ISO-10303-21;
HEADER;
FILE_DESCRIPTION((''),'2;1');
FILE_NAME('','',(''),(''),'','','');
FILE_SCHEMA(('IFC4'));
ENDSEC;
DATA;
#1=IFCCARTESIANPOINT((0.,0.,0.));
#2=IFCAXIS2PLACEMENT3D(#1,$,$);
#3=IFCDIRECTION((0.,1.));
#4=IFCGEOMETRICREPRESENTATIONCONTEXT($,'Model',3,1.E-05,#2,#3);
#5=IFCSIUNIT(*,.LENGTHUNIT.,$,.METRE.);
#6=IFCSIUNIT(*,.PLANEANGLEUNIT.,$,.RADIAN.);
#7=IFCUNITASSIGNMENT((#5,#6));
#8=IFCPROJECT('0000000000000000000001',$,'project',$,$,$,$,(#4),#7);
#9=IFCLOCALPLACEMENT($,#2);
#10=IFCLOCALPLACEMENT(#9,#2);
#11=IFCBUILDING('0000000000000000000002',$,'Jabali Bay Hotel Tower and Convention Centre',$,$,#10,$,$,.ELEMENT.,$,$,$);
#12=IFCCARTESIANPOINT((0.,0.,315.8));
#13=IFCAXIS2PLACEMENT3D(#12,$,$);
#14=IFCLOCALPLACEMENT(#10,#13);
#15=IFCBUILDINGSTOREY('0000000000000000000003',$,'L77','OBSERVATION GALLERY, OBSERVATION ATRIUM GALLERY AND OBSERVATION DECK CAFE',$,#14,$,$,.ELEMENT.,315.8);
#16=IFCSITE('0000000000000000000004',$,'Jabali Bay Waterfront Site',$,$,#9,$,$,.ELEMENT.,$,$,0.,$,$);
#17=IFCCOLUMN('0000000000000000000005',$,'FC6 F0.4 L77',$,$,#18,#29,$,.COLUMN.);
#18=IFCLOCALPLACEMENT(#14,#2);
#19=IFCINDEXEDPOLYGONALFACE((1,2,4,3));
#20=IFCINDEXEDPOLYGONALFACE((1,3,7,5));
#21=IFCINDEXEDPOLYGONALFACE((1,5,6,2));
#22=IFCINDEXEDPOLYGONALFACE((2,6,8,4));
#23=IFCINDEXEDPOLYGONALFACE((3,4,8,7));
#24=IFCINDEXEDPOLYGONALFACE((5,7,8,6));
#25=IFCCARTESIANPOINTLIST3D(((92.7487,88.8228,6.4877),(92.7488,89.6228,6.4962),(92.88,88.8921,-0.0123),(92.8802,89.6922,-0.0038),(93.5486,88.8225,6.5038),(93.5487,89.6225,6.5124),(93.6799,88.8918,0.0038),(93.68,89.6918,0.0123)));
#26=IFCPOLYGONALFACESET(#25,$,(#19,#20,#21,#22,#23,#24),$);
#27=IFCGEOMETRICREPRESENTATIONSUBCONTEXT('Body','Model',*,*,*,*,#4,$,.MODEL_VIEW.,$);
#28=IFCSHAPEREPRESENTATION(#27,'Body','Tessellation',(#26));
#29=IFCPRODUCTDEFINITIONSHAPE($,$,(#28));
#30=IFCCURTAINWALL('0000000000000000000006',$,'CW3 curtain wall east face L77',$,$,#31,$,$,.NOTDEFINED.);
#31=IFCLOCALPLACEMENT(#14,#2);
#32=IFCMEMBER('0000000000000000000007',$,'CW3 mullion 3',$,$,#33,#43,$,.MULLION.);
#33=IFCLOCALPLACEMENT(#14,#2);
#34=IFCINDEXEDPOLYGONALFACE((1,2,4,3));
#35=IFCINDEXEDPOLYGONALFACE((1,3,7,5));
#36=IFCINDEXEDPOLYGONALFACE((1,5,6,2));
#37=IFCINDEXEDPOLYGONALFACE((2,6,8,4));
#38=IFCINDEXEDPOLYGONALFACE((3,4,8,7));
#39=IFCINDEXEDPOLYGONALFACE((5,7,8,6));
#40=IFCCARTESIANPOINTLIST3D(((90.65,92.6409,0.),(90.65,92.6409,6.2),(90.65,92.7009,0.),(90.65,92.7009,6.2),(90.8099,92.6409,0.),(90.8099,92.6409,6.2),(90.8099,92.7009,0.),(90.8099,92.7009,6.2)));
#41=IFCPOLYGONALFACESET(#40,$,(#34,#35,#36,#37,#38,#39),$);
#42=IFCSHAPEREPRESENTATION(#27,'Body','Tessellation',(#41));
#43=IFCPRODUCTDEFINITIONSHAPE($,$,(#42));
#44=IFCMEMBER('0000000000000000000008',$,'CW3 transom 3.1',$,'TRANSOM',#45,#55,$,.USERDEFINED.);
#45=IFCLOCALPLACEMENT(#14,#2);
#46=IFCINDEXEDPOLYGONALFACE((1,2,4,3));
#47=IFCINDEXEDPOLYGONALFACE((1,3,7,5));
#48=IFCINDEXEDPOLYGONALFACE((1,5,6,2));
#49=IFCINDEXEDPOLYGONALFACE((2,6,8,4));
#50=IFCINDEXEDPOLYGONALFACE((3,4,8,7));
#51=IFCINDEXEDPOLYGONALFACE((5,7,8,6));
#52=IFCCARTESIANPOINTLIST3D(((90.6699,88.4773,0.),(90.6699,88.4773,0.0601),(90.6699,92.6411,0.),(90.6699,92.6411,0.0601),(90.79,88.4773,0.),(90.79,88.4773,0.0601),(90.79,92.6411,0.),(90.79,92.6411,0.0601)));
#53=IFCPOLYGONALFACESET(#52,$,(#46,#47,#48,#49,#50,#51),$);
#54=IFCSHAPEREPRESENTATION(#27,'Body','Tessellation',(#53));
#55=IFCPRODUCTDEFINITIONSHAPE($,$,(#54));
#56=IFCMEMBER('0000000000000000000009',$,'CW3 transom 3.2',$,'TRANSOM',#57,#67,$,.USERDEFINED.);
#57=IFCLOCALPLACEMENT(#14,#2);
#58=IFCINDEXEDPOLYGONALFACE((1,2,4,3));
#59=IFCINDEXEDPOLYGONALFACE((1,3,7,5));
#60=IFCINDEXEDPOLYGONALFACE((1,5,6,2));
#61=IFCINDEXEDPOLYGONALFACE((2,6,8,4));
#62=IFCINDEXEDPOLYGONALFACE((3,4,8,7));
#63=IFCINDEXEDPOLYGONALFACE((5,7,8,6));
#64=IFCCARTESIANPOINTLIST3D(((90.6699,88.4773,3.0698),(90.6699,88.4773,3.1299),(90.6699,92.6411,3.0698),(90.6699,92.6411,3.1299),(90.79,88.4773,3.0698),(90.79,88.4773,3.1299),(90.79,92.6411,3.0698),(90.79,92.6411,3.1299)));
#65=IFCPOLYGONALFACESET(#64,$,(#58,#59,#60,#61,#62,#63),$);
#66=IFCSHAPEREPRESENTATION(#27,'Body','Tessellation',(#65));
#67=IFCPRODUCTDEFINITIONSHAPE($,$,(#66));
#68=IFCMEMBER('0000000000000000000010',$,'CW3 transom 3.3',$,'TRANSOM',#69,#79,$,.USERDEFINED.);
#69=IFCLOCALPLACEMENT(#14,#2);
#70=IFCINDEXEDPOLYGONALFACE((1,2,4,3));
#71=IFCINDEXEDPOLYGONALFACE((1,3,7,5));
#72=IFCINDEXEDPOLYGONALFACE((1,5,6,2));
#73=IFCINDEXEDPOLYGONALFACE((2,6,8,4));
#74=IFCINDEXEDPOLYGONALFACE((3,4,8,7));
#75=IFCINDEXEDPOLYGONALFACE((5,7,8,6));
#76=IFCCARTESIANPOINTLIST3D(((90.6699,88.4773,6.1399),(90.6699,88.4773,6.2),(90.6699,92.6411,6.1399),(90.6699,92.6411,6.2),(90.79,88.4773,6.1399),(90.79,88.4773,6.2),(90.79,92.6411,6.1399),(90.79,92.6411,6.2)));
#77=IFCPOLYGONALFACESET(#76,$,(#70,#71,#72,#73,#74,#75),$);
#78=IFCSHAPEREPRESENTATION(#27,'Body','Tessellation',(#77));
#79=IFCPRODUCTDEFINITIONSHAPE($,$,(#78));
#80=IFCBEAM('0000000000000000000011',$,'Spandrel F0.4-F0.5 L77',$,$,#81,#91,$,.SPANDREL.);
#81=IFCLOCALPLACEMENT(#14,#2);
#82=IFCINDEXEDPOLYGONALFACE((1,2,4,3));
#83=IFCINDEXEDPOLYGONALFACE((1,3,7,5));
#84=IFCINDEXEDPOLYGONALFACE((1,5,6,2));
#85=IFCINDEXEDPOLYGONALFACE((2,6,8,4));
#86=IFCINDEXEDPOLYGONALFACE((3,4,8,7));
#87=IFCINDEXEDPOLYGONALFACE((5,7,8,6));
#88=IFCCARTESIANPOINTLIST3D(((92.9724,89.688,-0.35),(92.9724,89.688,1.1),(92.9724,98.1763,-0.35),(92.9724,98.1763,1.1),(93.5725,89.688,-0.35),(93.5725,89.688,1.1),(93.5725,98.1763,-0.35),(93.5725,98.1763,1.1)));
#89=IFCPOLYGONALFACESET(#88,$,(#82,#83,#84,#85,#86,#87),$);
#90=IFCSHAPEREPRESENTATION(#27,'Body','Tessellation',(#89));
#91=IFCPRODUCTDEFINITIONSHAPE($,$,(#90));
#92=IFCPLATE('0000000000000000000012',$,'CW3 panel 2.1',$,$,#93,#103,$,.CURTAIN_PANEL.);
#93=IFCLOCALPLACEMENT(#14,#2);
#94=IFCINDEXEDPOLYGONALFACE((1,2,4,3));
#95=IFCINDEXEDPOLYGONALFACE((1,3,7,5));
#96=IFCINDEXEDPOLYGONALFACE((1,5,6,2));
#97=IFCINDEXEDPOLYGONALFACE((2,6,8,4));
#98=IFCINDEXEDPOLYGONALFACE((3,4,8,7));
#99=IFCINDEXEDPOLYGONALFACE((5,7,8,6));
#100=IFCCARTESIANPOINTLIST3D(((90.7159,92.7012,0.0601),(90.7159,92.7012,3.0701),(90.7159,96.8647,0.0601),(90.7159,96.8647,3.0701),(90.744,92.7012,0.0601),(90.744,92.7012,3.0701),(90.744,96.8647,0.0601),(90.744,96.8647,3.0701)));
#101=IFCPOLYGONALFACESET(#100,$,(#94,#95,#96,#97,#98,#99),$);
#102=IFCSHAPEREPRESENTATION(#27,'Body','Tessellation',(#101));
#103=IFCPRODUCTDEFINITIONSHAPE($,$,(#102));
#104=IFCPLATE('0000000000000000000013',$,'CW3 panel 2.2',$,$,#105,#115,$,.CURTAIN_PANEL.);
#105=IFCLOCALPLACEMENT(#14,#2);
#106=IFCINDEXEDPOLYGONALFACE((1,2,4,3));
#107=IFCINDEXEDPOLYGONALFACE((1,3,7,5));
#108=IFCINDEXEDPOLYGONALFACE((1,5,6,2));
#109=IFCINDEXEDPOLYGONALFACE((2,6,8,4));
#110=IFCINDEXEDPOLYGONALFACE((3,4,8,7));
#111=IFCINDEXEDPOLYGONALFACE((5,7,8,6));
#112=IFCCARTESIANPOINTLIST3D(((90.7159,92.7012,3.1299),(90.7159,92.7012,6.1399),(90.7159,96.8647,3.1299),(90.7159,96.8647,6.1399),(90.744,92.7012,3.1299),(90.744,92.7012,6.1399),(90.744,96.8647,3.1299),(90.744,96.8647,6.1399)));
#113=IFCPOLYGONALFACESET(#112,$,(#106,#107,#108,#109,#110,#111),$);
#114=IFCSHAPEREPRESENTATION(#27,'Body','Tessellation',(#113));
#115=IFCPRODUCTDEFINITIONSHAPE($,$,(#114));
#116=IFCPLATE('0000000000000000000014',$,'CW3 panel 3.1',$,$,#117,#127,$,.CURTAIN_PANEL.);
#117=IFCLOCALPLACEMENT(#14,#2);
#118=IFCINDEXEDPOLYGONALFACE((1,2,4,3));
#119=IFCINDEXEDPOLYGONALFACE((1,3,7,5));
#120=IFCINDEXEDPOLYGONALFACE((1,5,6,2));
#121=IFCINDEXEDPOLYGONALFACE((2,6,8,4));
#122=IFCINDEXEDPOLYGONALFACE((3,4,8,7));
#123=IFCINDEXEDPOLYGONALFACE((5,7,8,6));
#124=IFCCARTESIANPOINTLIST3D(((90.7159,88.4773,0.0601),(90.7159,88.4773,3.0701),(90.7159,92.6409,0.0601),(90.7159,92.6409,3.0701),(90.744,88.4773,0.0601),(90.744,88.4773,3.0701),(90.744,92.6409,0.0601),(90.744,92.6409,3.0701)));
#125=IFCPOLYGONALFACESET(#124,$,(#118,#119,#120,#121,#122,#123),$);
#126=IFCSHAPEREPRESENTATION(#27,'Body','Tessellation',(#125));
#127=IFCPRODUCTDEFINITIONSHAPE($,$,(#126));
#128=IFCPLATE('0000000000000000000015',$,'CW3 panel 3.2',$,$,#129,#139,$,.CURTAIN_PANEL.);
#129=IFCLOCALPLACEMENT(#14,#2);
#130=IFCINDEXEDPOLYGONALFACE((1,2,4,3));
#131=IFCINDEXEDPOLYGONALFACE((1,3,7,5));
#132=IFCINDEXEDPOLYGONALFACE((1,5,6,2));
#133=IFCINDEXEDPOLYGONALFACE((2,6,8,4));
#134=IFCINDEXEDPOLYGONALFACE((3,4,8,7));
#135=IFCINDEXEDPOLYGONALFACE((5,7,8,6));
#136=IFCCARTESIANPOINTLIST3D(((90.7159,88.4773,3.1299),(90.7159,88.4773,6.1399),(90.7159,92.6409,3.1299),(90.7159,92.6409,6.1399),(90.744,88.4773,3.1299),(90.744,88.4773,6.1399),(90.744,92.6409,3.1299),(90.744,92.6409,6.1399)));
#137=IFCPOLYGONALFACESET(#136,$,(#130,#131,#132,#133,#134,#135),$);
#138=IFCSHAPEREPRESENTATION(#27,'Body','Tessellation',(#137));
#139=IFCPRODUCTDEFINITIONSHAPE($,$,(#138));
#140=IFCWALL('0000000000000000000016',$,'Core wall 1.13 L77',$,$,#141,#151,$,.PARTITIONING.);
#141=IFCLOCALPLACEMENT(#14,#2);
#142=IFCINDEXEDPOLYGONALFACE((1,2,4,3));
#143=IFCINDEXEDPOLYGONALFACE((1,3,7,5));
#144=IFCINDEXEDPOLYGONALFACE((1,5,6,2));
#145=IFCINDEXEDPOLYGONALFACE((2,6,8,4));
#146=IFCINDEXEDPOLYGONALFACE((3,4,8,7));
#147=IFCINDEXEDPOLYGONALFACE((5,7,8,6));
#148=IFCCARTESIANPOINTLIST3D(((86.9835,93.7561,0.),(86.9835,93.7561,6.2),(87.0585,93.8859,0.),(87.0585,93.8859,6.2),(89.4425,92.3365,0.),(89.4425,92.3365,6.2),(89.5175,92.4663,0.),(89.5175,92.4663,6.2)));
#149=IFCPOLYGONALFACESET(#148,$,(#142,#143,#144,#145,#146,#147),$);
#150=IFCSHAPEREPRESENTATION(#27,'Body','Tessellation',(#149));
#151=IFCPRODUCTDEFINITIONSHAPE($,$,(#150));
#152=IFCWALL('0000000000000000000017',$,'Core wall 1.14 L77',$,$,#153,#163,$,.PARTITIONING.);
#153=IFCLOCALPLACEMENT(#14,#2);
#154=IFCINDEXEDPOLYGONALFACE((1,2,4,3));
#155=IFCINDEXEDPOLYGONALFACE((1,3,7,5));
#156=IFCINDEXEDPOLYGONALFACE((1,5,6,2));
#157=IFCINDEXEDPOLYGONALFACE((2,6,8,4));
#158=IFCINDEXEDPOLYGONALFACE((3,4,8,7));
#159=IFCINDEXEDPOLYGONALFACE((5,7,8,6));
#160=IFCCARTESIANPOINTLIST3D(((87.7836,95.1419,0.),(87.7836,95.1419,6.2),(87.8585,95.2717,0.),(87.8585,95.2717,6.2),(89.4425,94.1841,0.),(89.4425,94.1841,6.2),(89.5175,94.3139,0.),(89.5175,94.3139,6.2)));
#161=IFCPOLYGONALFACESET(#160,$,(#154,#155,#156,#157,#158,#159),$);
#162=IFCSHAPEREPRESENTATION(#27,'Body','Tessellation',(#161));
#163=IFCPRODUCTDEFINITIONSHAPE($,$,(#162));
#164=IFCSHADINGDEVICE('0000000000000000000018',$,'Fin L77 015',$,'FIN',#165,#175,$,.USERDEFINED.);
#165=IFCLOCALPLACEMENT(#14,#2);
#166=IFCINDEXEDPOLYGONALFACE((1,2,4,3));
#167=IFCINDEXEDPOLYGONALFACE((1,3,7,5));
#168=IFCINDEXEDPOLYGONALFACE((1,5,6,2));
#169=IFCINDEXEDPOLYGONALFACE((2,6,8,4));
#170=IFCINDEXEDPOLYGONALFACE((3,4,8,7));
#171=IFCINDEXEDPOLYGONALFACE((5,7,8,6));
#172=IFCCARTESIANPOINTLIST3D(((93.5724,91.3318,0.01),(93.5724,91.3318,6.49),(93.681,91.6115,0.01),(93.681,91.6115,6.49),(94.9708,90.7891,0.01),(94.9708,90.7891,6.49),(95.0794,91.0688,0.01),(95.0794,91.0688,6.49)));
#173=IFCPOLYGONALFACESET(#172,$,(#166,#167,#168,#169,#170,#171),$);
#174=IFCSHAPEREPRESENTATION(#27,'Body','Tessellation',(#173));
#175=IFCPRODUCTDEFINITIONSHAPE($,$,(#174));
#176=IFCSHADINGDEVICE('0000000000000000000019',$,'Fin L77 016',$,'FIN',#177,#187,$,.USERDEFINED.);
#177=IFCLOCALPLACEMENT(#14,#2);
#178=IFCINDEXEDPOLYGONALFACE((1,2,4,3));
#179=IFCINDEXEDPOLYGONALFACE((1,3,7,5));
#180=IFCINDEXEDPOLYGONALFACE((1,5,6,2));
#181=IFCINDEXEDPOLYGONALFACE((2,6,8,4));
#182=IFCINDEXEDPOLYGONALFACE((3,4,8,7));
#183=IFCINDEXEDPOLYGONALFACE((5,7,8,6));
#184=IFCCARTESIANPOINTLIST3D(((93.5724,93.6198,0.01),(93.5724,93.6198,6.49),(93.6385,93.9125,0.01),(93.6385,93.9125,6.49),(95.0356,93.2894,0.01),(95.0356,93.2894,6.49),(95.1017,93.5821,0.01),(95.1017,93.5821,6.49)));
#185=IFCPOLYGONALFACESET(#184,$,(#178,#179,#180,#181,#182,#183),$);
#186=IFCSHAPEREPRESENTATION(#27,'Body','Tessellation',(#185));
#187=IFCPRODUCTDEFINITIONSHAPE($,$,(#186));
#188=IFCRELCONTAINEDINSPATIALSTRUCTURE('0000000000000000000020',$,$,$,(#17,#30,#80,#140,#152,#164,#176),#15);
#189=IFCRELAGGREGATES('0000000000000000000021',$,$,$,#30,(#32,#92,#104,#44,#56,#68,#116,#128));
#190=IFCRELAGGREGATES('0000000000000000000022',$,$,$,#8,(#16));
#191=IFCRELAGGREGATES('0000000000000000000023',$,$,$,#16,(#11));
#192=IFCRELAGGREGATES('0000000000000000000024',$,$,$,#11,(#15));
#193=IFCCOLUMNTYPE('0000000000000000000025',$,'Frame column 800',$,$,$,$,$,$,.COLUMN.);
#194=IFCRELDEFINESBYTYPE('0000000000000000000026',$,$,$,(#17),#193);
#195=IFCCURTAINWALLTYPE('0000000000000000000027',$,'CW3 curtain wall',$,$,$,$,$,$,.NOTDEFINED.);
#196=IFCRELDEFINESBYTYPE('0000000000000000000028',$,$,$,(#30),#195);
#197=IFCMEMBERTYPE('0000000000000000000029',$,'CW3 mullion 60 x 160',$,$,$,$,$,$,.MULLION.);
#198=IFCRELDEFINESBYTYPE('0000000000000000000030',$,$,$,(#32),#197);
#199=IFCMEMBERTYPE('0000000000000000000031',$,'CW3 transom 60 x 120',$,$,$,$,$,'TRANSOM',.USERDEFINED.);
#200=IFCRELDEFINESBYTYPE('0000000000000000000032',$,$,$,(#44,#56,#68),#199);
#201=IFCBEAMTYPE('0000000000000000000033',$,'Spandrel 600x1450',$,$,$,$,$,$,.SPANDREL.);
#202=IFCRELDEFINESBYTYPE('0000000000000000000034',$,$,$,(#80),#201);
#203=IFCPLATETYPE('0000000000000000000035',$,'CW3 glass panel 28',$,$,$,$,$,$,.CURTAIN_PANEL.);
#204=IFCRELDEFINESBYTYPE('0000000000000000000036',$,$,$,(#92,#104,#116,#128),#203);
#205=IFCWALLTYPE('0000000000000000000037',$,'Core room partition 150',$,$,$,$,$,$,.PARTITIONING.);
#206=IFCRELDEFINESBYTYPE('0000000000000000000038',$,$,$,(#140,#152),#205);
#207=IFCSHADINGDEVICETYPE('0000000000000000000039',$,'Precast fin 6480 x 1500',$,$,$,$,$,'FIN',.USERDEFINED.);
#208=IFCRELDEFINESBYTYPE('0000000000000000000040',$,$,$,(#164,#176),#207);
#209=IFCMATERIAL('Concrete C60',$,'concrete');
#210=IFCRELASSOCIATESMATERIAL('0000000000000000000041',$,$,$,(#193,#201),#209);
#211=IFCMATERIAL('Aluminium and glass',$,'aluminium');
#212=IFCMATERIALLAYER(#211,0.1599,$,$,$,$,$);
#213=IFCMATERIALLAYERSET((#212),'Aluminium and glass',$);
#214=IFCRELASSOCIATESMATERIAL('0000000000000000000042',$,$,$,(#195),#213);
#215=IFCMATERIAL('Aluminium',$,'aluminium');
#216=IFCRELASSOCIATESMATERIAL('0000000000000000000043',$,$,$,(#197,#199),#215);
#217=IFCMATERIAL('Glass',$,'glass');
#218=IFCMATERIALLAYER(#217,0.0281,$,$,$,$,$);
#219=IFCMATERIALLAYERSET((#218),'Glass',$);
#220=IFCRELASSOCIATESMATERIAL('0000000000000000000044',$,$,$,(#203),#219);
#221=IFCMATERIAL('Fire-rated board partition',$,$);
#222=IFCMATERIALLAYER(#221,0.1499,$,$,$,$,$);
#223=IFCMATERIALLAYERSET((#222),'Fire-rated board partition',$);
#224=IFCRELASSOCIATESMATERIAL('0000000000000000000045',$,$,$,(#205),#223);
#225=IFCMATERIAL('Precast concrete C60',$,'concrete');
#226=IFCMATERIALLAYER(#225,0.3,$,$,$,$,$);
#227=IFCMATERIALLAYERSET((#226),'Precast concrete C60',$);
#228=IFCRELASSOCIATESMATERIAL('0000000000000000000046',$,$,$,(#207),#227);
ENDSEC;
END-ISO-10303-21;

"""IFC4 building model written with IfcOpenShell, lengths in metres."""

from ifc_helpers import new_model, si_unit, direction, frame, frame_2d, origin, origin_2d, place, context, subcontext, project, spatial, rectangle, extrude, material, layer, layer_set, material_profile, profile_set, type_object, element, aggregate, save


model = new_model("IFC4")

# Units and contexts
model_context = context("Model", 3, precision=1e-05, world=origin(), true_north=direction((0.0, 1.0)))
body_context = subcontext(model_context, "Body", "Model", "MODEL_VIEW")
ifc_project = project(units=[si_unit("LENGTHUNIT", "METRE"), si_unit("PLANEANGLEUNIT", "RADIAN")], contexts=[model_context])

# Site, building, storey
site_placement = place(None, origin())
site = spatial("IfcSite", under=ifc_project, at=site_placement, Name="Jabali Bay Waterfront Site", CompositionType="ELEMENT", RefElevation=0.0)
building_placement = place(site_placement, origin())
building = spatial("IfcBuilding", under=site, at=building_placement, Name="Jabali Bay Hotel Tower and Convention Centre", CompositionType="ELEMENT")
storey_placement = place(building_placement, frame((0.0, 0.0, 315.8)))
storey = spatial("IfcBuildingStorey", under=building, at=storey_placement, Name="L77", Description="OBSERVATION GALLERY, OBSERVATION ATRIUM GALLERY AND OBSERVATION DECK CAFE", CompositionType="ELEMENT", Elevation=315.8)

# Column
ifc_material_1 = material(Name="Concrete C60", Category="concrete")
ifc_material_profile_1 = material_profile(ifc_material_1, rectangle(XDim=0.8, YDim=0.8, at=origin_2d()), Name="Frame column 800")
ifc_profile_set_1 = profile_set([ifc_material_profile_1], Name="Concrete C60")
column_type = type_object("IfcColumnType", Name="Frame column 800", PredefinedType="COLUMN", material=ifc_profile_set_1)
column_placement = place(storey_placement, frame((93.28, 89.292, 0.0), z_axis=(-0.020202, -0.010664, 0.999739), x_axis=(0.999796, -0.000395, 0.020199)))
element("IfcColumn", 1, at=column_placement, inside=storey, type_object=column_type, Name="FC6 F0.4 L77", PredefinedType="COLUMN", context=body_context, shape_type="SweptSolid", body=[
    extrude(rectangle(XDim=0.8, YDim=0.8, at=origin_2d()), origin(), (0.0, 0.0, 1.0), 6.5017),
])

# Curtain wall, members
ifc_material_2 = material(Name="Aluminium and glass", Category="aluminium")
ifc_layer_1 = layer(ifc_material_2, 0.1599)
ifc_layer_set_1 = layer_set([ifc_layer_1], Name="Aluminium and glass")
curtain_wall_type = type_object("IfcCurtainWallType", Name="CW3 curtain wall", PredefinedType="NOTDEFINED", material=ifc_layer_set_1)
curtain_wall_placement = place(storey_placement, origin())
curtain_wall = element("IfcCurtainWall", 2, at=curtain_wall_placement, inside=storey, type_object=curtain_wall_type, Name="CW3 curtain wall east face L77", PredefinedType="NOTDEFINED")
ifc_material_3 = material(Name="Aluminium", Category="aluminium")
ifc_material_profile_2 = material_profile(ifc_material_3, rectangle(XDim=0.1599, YDim=0.0601, at=origin_2d()), Name="CW3 mullion 60 x 160")
ifc_profile_set_2 = profile_set([ifc_material_profile_2], Name="Aluminium")
member_type_1 = type_object("IfcMemberType", Name="CW3 mullion 60 x 160", PredefinedType="MULLION", material=ifc_profile_set_2)
member_1_placement = place(storey_placement, frame((90.73, 92.6709, 0.0), z_axis=(0.0, 0.0, 1.0), x_axis=(1.0, 0.0, 0.0)))
member_1 = element("IfcMember", 3, at=member_1_placement, type_object=member_type_1, Name="CW3 mullion 3", PredefinedType="MULLION", context=body_context, shape_type="SweptSolid", body=[
    extrude(rectangle(XDim=0.1599, YDim=0.0601, at=origin_2d()), origin(), (0.0, 0.0, 1.0), 6.2),
])
ifc_material_profile_3 = material_profile(ifc_material_3, rectangle(XDim=0.1201, YDim=0.0601, at=origin_2d()), Name="CW3 transom 60 x 120")
ifc_profile_set_3 = profile_set([ifc_material_profile_3], Name="Aluminium")
member_type_2 = type_object("IfcMemberType", Name="CW3 transom 60 x 120", ElementType="TRANSOM", PredefinedType="USERDEFINED", material=ifc_profile_set_3)
member_2_placement = place(storey_placement, frame((90.73, 92.6411, 0.03), z_axis=(0.0, -1.0, 0.0), x_axis=(1.0, 0.0, 0.0)))
member_2 = element("IfcMember", 4, at=member_2_placement, type_object=member_type_2, Name="CW3 transom 3.1", ObjectType="TRANSOM", PredefinedType="USERDEFINED", context=body_context, shape_type="SweptSolid", body=[
    extrude(rectangle(XDim=0.1201, YDim=0.0601, at=origin_2d()), origin(), (0.0, 0.0, 1.0), 4.1638),
])
member_3_placement = place(storey_placement, frame((90.73, 92.6411, 3.0999), z_axis=(0.0, -1.0, 0.0), x_axis=(1.0, 0.0, 0.0)))
member_3 = element("IfcMember", 5, at=member_3_placement, type_object=member_type_2, Name="CW3 transom 3.2", ObjectType="TRANSOM", PredefinedType="USERDEFINED", context=body_context, shape_type="SweptSolid", body=[
    extrude(rectangle(XDim=0.1201, YDim=0.0601, at=origin_2d()), origin(), (0.0, 0.0, 1.0), 4.1638),
])
member_4_placement = place(storey_placement, frame((90.73, 92.6411, 6.1699), z_axis=(0.0, -1.0, 0.0), x_axis=(1.0, 0.0, 0.0)))
member_4 = element("IfcMember", 6, at=member_4_placement, type_object=member_type_2, Name="CW3 transom 3.3", ObjectType="TRANSOM", PredefinedType="USERDEFINED", context=body_context, shape_type="SweptSolid", body=[
    extrude(rectangle(XDim=0.1201, YDim=0.0601, at=origin_2d()), origin(), (0.0, 0.0, 1.0), 4.1638),
])

# Beam
ifc_material_profile_4 = material_profile(ifc_material_1, rectangle(XDim=0.6001, YDim=1.45, at=origin_2d()), Name="Spandrel 600x1450")
ifc_profile_set_4 = profile_set([ifc_material_profile_4], Name="Concrete C60")
beam_type = type_object("IfcBeamType", Name="Spandrel 600x1450", PredefinedType="SPANDREL", material=ifc_profile_set_4)
beam_placement = place(storey_placement, frame((93.2725, 89.688, 0.375), z_axis=(0.0, 1.0, 0.0), x_axis=(-1.0, 0.0, 0.0)))
element("IfcBeam", 7, at=beam_placement, inside=storey, type_object=beam_type, Name="Spandrel F0.4-F0.5 L77", PredefinedType="SPANDREL", context=body_context, shape_type="SweptSolid", body=[
    extrude(rectangle(XDim=0.6001, YDim=1.45, at=origin_2d()), origin(), (0.0, 0.0, 1.0), 8.4883),
])

# Plates
ifc_material_4 = material(Name="Glass", Category="glass")
ifc_layer_2 = layer(ifc_material_4, 0.0281)
ifc_layer_set_2 = layer_set([ifc_layer_2], Name="Glass")
plate_type = type_object("IfcPlateType", Name="CW3 glass panel 28", PredefinedType="CURTAIN_PANEL", material=ifc_layer_set_2)
plate_1_placement = place(storey_placement, frame((90.73, 94.783, 0.0601), z_axis=(0.0, 0.0, 1.0), x_axis=(0.0, -1.0, 0.0)))
plate_1 = element("IfcPlate", 8, at=plate_1_placement, type_object=plate_type, Name="CW3 panel 2.1", PredefinedType="CURTAIN_PANEL", context=body_context, shape_type="SweptSolid", body=[
    extrude(rectangle(XDim=4.1636, YDim=0.0281, at=origin_2d()), origin(), (0.0, 0.0, 1.0), 3.01),
])
plate_2_placement = place(storey_placement, frame((90.73, 94.783, 3.1299), z_axis=(0.0, 0.0, 1.0), x_axis=(0.0, -1.0, 0.0)))
plate_2 = element("IfcPlate", 9, at=plate_2_placement, type_object=plate_type, Name="CW3 panel 2.2", PredefinedType="CURTAIN_PANEL", context=body_context, shape_type="SweptSolid", body=[
    extrude(rectangle(XDim=4.1636, YDim=0.0281, at=origin_2d()), origin(), (0.0, 0.0, 1.0), 3.01),
])
plate_3_placement = place(storey_placement, frame((90.73, 90.5591, 0.0601), z_axis=(0.0, 0.0, 1.0), x_axis=(0.0, -1.0, 0.0)))
plate_3 = element("IfcPlate", 10, at=plate_3_placement, type_object=plate_type, Name="CW3 panel 3.1", PredefinedType="CURTAIN_PANEL", context=body_context, shape_type="SweptSolid", body=[
    extrude(rectangle(XDim=4.1636, YDim=0.0281, at=origin_2d()), origin(), (0.0, 0.0, 1.0), 3.01),
])
plate_4_placement = place(storey_placement, frame((90.73, 90.5591, 3.1299), z_axis=(0.0, 0.0, 1.0), x_axis=(0.0, -1.0, 0.0)))
plate_4 = element("IfcPlate", 11, at=plate_4_placement, type_object=plate_type, Name="CW3 panel 3.2", PredefinedType="CURTAIN_PANEL", context=body_context, shape_type="SweptSolid", body=[
    extrude(rectangle(XDim=4.1636, YDim=0.0281, at=origin_2d()), origin(), (0.0, 0.0, 1.0), 3.01),
])
aggregate(curtain_wall, [member_1, plate_1, plate_2, member_2, member_3, member_4, plate_3, plate_4])

# Walls
ifc_material_5 = material(Name="Fire-rated board partition")
ifc_layer_3 = layer(ifc_material_5, 0.1499)
ifc_layer_set_3 = layer_set([ifc_layer_3], Name="Fire-rated board partition")
wall_type = type_object("IfcWallType", Name="Core room partition 150", PredefinedType="PARTITIONING", material=ifc_layer_set_3)
wall_1_placement = place(storey_placement, frame((89.48, 92.4014, 0.0), z_axis=(0.0, 0.0, 1.0), x_axis=(-0.866028, 0.499995, 0.0)))
element("IfcWall", 12, at=wall_1_placement, inside=storey, type_object=wall_type, Name="Core wall 1.13 L77", PredefinedType="PARTITIONING", context=body_context, shape_type="SweptSolid", body=[
    extrude(rectangle(XDim=2.8394, YDim=0.1499, at=frame_2d((1.4197, 0.0))), origin(), (0.0, 0.0, 1.0), 6.2),
])
wall_2_placement = place(storey_placement, frame((89.48, 94.249, 0.0), z_axis=(0.0, 0.0, 1.0), x_axis=(-0.866031, 0.499991, 0.0)))
element("IfcWall", 13, at=wall_2_placement, inside=storey, type_object=wall_type, Name="Core wall 1.14 L77", PredefinedType="PARTITIONING", context=body_context, shape_type="SweptSolid", body=[
    extrude(rectangle(XDim=1.9155, YDim=0.1499, at=frame_2d((0.9578, 0.0))), origin(), (0.0, 0.0, 1.0), 6.2),
])

# Shading devices
ifc_material_6 = material(Name="Precast concrete C60", Category="concrete")
ifc_layer_4 = layer(ifc_material_6, 0.3)
ifc_layer_set_4 = layer_set([ifc_layer_4], Name="Precast concrete C60")
shading_device_type = type_object("IfcShadingDeviceType", Name="Precast fin 6480 x 1500", ElementType="FIN", PredefinedType="USERDEFINED", material=ifc_layer_set_4)
for number, where, z_axis, x_axis, name in (
    (14, (93.6267, 91.4717, 0.01), (0.0, 0.0, 1.0), (0.932255, -0.361802, 0.0), "Fin L77 015"),
    (15, (93.6055, 93.7661, 0.01), (0.0, 0.0, 1.0), (0.97545, -0.220221, 0.0), "Fin L77 016"),
):
    element("IfcShadingDevice", number, at=place(storey_placement, frame(where, z_axis=z_axis, x_axis=x_axis)), inside=storey, type_object=shading_device_type, Name=name, ObjectType="FIN", PredefinedType="USERDEFINED", context=body_context, shape_type="SweptSolid", body=[
        extrude(rectangle(XDim=1.5, YDim=0.3, at=frame_2d((0.75, 0.0))), origin(), (0.0, 0.0, 1.0), 6.48),
    ])

save(model, "model.ifc")
